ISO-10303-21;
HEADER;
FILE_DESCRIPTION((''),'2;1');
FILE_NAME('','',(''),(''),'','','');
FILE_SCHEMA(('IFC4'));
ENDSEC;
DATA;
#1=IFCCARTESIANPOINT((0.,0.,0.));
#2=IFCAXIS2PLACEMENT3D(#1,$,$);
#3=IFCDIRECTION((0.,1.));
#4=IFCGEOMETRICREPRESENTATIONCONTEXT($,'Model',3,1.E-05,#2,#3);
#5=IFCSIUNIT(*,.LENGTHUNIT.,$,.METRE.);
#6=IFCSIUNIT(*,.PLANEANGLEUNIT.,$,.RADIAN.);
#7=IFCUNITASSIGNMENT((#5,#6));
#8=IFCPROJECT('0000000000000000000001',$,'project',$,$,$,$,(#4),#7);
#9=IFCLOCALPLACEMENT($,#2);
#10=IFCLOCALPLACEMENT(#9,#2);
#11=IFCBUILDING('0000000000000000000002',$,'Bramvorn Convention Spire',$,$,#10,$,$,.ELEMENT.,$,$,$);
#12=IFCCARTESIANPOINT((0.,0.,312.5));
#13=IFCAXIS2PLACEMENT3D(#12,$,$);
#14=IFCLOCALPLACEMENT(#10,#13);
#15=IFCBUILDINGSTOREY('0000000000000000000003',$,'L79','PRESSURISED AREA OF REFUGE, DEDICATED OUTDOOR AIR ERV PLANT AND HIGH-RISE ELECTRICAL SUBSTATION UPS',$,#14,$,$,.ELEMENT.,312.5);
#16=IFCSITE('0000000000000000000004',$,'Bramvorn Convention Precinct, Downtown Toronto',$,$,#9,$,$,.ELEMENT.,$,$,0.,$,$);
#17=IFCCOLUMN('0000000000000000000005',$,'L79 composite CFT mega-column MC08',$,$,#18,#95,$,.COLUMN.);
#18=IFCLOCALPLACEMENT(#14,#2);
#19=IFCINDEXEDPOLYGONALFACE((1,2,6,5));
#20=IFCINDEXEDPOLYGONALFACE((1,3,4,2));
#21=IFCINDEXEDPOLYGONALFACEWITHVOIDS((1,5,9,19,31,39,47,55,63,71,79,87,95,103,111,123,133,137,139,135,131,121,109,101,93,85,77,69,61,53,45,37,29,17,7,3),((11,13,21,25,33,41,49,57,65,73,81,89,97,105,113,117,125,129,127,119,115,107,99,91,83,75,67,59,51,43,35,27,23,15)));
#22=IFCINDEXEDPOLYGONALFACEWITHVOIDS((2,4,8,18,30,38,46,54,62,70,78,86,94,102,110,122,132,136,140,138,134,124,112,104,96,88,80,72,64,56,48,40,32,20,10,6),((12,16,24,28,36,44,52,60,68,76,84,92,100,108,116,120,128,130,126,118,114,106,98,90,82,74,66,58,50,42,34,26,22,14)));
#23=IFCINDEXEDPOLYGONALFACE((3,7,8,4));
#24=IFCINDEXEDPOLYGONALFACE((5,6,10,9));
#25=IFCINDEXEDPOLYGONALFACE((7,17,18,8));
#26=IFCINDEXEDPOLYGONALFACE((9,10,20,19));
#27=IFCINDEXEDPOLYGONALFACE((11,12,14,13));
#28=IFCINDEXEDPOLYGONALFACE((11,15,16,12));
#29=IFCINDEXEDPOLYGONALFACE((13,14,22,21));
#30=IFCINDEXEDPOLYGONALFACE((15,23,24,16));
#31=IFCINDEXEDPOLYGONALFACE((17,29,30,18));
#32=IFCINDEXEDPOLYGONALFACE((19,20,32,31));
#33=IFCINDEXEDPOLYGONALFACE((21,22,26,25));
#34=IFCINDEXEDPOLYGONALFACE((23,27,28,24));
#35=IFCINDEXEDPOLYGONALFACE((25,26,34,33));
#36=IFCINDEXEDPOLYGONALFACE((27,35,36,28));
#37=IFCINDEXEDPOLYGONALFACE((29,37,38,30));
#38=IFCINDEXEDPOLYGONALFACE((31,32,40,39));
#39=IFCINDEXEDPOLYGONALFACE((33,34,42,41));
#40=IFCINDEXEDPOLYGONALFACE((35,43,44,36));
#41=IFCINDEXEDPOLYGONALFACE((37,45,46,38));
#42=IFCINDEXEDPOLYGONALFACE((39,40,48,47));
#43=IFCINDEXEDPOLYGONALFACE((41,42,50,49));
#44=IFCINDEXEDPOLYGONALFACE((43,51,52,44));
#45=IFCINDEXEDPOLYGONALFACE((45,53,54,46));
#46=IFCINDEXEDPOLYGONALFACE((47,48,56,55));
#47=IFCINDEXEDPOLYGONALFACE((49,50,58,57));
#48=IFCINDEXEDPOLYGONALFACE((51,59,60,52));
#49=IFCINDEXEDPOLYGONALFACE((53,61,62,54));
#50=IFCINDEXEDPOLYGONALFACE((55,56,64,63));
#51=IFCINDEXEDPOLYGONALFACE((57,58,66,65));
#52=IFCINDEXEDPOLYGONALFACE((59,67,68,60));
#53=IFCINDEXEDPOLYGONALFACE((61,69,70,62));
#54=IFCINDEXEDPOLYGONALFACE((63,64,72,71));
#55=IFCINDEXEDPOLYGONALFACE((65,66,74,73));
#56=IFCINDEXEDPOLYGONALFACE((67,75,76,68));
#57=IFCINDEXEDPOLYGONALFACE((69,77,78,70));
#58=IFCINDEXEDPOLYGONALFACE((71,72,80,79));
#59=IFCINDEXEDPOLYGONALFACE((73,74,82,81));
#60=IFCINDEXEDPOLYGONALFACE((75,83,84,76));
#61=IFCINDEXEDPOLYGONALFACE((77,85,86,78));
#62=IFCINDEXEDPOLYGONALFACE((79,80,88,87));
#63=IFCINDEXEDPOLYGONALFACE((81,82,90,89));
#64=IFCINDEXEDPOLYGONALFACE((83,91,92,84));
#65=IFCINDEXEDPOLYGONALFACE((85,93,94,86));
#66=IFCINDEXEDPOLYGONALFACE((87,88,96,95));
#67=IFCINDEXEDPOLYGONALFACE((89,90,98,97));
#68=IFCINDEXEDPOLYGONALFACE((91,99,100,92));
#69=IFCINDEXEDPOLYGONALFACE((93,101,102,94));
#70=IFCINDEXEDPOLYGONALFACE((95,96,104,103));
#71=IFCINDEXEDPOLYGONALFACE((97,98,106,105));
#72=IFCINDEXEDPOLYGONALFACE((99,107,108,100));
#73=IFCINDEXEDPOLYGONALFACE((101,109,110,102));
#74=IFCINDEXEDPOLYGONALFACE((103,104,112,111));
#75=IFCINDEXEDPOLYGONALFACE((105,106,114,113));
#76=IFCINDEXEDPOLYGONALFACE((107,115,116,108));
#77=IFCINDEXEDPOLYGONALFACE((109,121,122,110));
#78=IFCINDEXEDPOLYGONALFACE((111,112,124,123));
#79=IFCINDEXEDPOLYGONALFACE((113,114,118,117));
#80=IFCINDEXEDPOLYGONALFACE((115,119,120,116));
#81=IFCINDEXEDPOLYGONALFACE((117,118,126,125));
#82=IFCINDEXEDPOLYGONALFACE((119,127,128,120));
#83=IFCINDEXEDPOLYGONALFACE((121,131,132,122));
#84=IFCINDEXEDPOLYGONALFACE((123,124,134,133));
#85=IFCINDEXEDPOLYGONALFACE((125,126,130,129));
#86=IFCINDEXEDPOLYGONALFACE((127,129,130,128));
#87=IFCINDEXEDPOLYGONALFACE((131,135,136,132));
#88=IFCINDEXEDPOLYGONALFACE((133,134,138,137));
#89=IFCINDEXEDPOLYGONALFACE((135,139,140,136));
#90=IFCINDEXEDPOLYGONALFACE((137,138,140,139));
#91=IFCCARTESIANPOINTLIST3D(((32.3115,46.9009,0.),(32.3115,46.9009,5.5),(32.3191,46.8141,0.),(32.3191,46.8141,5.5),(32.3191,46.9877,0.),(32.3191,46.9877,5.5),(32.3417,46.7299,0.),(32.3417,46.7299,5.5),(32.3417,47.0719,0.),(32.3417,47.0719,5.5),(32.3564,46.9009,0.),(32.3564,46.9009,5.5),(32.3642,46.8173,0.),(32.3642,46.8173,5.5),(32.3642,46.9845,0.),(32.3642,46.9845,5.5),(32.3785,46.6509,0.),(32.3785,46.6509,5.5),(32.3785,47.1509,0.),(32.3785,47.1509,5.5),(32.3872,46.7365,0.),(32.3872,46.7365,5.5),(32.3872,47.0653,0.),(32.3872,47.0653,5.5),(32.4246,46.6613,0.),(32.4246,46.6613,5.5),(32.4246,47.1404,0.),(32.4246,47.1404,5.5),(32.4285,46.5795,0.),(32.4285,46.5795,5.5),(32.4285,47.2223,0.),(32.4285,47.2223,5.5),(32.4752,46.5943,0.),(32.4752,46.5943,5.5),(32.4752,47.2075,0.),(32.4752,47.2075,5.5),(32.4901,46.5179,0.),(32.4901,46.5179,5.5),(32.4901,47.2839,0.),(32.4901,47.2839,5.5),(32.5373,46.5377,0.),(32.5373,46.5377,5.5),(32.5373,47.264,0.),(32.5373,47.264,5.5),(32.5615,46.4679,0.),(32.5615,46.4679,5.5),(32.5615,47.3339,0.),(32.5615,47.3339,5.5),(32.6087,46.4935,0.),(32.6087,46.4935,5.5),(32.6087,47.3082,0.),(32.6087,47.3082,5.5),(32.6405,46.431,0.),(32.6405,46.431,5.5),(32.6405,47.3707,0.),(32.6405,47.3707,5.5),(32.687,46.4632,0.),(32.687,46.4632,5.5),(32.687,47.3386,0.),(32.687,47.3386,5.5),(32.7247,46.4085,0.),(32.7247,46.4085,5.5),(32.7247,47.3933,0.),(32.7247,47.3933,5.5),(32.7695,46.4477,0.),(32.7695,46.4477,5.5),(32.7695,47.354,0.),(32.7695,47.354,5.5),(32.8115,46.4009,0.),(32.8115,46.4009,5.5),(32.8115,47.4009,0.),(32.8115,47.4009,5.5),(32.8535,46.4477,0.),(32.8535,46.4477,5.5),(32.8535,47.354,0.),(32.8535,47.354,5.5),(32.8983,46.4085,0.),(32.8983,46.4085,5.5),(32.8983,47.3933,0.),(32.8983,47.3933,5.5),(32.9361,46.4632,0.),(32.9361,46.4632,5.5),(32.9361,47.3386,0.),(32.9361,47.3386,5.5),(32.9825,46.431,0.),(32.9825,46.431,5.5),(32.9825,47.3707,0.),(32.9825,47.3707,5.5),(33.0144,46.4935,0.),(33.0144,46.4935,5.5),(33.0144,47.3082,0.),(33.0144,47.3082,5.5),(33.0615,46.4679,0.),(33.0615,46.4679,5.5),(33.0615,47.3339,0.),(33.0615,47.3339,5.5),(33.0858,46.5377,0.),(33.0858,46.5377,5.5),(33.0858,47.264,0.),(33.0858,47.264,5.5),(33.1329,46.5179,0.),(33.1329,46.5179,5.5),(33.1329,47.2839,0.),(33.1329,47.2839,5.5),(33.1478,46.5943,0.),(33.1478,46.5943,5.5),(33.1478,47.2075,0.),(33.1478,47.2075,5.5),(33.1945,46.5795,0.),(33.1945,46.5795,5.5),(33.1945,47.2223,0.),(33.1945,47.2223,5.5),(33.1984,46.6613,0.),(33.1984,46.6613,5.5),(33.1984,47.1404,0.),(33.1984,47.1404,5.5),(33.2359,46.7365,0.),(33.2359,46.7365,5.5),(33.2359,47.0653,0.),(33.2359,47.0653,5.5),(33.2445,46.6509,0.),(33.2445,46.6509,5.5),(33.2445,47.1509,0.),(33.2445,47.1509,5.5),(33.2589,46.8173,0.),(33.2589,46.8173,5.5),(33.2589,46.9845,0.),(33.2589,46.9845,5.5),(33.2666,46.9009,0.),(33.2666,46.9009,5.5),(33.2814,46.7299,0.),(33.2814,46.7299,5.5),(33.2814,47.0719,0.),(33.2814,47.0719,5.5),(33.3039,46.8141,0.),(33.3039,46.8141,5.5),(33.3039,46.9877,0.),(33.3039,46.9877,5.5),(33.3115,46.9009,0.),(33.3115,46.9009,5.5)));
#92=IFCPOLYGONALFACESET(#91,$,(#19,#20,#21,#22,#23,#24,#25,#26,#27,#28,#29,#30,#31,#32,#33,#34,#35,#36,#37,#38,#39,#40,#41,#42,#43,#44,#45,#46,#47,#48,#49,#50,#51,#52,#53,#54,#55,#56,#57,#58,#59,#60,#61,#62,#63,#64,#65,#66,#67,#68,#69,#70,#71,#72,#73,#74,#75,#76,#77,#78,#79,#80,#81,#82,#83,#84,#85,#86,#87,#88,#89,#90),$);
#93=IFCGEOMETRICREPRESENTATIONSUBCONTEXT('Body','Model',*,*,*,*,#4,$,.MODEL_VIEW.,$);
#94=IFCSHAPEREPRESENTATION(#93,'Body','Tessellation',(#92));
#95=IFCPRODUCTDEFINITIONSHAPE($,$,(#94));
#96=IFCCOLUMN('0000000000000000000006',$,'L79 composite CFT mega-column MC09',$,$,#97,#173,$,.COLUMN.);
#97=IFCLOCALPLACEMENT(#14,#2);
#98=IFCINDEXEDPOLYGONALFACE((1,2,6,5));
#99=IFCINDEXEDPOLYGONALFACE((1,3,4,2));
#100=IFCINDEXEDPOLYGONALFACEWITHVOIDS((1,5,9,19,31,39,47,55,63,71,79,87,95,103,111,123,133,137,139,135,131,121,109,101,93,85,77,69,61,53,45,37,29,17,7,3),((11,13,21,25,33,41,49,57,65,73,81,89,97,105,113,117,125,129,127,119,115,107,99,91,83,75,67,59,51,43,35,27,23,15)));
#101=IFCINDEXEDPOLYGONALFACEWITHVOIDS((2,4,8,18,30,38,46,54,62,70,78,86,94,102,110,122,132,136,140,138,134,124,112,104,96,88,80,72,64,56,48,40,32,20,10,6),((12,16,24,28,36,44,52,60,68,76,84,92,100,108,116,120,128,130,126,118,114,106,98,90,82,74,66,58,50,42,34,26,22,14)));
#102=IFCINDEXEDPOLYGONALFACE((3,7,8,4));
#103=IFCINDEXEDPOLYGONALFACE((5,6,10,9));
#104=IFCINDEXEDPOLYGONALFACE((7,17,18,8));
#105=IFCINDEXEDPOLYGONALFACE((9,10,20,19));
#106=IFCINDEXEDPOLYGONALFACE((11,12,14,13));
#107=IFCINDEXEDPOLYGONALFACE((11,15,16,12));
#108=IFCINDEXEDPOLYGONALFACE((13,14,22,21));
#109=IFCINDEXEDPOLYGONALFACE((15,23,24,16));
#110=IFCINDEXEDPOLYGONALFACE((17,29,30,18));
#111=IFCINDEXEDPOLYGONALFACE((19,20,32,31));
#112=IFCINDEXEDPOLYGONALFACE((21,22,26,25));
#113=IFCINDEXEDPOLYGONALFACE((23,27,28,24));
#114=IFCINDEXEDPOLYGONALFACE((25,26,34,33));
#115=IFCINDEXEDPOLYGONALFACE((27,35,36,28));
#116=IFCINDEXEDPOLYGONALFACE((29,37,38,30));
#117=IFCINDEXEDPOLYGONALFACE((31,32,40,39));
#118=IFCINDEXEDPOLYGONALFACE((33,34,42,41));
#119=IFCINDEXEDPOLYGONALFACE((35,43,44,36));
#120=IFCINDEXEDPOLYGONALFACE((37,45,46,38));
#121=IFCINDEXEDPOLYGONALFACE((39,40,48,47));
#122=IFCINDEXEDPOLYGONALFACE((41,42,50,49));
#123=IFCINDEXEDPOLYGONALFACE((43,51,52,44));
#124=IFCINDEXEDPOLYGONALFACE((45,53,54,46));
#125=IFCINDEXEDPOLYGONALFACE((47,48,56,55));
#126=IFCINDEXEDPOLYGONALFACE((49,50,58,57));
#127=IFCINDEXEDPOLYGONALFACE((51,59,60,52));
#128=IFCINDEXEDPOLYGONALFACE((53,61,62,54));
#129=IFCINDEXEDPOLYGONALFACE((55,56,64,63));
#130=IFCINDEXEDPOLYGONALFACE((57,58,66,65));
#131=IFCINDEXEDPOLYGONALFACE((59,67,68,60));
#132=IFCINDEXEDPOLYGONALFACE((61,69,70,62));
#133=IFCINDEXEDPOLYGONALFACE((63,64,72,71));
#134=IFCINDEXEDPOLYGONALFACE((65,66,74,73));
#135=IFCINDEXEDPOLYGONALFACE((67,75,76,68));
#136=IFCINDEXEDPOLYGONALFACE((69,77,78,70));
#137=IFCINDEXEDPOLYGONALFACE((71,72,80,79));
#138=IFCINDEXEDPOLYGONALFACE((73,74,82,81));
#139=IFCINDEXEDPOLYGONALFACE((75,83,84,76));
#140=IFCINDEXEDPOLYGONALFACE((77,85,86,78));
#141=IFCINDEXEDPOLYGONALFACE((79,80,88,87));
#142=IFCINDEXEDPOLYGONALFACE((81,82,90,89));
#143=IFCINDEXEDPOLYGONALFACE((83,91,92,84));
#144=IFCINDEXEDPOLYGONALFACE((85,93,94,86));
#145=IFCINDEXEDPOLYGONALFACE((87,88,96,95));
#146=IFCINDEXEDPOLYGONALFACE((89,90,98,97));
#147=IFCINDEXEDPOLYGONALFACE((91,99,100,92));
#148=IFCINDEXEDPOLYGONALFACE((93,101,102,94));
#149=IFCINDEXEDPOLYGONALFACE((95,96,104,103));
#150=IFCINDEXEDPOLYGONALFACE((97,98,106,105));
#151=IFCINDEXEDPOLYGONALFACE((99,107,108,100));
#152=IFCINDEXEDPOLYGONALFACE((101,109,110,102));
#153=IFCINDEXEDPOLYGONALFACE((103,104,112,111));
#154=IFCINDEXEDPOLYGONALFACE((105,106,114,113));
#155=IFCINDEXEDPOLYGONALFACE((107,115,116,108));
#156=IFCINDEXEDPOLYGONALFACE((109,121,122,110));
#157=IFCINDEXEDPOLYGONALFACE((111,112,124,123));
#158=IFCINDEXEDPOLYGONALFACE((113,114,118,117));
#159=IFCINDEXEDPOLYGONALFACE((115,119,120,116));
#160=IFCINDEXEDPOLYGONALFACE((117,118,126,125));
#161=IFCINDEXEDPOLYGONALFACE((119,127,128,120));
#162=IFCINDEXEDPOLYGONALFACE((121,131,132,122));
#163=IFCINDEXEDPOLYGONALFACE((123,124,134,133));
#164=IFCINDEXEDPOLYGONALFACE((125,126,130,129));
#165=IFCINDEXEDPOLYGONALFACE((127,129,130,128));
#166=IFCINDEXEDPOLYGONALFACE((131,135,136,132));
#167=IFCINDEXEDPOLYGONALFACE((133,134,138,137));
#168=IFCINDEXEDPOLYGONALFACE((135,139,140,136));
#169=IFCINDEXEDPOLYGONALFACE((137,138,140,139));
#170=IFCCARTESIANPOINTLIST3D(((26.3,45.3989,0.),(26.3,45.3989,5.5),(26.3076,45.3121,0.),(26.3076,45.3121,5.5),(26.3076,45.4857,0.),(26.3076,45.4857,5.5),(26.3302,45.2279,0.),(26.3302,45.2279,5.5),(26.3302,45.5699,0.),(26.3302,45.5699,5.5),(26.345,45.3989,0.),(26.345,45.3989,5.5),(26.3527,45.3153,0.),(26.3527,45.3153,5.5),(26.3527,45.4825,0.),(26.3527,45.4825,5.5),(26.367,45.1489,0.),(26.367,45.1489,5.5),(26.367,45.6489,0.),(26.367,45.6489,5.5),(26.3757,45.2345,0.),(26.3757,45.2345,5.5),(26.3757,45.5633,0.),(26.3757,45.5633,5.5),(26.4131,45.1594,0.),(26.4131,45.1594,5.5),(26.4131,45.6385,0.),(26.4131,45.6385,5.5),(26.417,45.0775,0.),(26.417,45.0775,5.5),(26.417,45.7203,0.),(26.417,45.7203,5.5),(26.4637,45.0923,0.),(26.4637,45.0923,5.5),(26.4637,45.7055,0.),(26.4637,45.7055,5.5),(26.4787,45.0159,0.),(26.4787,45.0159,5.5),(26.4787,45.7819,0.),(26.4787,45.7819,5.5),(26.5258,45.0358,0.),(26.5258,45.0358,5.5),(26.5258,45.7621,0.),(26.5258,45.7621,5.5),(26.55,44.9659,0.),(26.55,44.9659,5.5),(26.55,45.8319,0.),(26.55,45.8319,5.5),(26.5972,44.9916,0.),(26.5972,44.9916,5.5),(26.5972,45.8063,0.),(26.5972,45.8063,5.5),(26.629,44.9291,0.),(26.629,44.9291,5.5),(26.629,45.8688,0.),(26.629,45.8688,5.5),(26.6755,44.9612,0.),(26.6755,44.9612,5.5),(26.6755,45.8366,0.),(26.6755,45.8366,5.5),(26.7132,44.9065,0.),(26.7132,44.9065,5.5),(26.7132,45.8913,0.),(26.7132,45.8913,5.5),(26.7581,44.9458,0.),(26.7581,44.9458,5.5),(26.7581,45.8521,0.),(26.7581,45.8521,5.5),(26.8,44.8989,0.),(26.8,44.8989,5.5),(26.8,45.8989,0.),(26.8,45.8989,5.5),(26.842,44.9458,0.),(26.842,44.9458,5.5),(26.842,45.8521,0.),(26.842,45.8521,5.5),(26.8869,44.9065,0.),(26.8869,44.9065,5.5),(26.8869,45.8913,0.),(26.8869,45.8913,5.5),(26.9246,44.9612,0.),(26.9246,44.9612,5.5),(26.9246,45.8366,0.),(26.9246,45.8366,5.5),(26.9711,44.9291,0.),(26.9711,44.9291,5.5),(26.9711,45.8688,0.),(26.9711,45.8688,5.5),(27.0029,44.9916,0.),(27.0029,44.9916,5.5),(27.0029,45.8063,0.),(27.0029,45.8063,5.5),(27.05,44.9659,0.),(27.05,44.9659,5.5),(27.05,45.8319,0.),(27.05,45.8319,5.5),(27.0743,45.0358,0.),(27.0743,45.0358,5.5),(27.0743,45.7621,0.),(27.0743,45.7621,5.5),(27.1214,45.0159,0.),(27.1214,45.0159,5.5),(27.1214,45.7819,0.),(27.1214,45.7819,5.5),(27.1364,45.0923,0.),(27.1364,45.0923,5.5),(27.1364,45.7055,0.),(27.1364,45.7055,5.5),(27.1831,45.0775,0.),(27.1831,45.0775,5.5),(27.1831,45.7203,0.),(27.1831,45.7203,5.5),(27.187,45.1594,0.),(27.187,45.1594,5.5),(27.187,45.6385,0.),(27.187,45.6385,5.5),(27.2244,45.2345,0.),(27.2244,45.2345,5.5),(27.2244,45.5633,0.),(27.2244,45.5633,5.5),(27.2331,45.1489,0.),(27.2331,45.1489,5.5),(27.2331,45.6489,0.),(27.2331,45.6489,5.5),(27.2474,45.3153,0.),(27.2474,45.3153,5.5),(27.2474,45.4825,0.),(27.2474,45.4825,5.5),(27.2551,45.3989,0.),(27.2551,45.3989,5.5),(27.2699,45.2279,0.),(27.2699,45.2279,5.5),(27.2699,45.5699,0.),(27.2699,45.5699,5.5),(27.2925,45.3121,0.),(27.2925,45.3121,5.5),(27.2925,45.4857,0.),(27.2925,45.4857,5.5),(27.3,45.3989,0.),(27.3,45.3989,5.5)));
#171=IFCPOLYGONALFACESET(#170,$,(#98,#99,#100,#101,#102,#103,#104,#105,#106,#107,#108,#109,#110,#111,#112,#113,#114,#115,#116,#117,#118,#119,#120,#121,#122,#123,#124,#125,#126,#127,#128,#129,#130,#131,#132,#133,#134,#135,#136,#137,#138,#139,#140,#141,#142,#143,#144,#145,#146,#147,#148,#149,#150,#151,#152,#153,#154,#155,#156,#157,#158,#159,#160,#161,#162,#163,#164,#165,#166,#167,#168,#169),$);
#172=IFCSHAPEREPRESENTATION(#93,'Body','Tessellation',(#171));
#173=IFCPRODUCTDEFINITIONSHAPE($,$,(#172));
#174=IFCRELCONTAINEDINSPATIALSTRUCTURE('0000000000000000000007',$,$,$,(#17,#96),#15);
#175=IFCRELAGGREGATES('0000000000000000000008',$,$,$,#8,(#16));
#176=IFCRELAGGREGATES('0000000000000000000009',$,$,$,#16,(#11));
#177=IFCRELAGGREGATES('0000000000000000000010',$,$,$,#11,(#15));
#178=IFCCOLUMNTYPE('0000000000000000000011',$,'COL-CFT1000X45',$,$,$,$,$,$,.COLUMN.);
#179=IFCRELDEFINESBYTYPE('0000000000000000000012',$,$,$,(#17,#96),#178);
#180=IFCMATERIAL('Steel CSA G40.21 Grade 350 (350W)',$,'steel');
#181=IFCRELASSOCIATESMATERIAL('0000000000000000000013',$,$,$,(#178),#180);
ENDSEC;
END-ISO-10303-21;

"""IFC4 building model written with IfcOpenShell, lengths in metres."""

from ifc_helpers import new_model, si_unit, direction, frame, origin, origin_2d, place, context, subcontext, project, spatial, hollow_circle, extrude, material, material_profile, profile_set, type_object, element, save


model = new_model("IFC4")

# Units and contexts
model_context = context("Model", 3, precision=1e-05, world=origin(), true_north=direction((0.0, 1.0)))
body_context = subcontext(model_context, "Body", "Model", "MODEL_VIEW")
ifc_project = project(units=[si_unit("LENGTHUNIT", "METRE"), si_unit("PLANEANGLEUNIT", "RADIAN")], contexts=[model_context])

# Site, building, storey
site_placement = place(None, origin())
site = spatial("IfcSite", under=ifc_project, at=site_placement, Name="Bramvorn Convention Precinct, Downtown Toronto", CompositionType="ELEMENT", RefElevation=0.0)
building_placement = place(site_placement, origin())
building = spatial("IfcBuilding", under=site, at=building_placement, Name="Bramvorn Convention Spire", CompositionType="ELEMENT")
storey_placement = place(building_placement, frame((0.0, 0.0, 312.5)))
storey = spatial("IfcBuildingStorey", under=building, at=storey_placement, Name="L79", Description="PRESSURISED AREA OF REFUGE, DEDICATED OUTDOOR AIR ERV PLANT AND HIGH-RISE ELECTRICAL SUBSTATION UPS", CompositionType="ELEMENT", Elevation=312.5)

# Columns
ifc_material_1 = material(Name="Steel CSA G40.21 Grade 350 (350W)", Category="steel")
ifc_material_profile_1 = material_profile(ifc_material_1, hollow_circle(Radius=0.5, WallThickness=0.0449, at=origin_2d()))
ifc_profile_set_1 = profile_set([ifc_material_profile_1], Name="Steel CSA G40.21 Grade 350 (350W) - CFT1000X45")
column_type = type_object("IfcColumnType", Name="COL-CFT1000X45", PredefinedType="COLUMN", material=ifc_profile_set_1)
for number, where, z_axis, x_axis, name in (
    (1, (32.8115, 46.9009, 0.0), (0.0, 0.0, 1.0), (1.0, 0.0, 0.0), "L79 composite CFT mega-column MC08"),
    (2, (26.8, 45.3989, 0.0), (0.0, 0.0, 1.0), (1.0, 0.0, 0.0), "L79 composite CFT mega-column MC09"),
):
    element("IfcColumn", number, at=place(storey_placement, frame(where, z_axis=z_axis, x_axis=x_axis)), inside=storey, type_object=column_type, Name=name, PredefinedType="COLUMN", context=body_context, shape_type="SweptSolid", body=[
        extrude(hollow_circle(Radius=0.5, WallThickness=0.0449, at=origin_2d()), origin(), (0.0, 0.0, 1.0), 5.5),
    ])

save(model, "model.ifc")
